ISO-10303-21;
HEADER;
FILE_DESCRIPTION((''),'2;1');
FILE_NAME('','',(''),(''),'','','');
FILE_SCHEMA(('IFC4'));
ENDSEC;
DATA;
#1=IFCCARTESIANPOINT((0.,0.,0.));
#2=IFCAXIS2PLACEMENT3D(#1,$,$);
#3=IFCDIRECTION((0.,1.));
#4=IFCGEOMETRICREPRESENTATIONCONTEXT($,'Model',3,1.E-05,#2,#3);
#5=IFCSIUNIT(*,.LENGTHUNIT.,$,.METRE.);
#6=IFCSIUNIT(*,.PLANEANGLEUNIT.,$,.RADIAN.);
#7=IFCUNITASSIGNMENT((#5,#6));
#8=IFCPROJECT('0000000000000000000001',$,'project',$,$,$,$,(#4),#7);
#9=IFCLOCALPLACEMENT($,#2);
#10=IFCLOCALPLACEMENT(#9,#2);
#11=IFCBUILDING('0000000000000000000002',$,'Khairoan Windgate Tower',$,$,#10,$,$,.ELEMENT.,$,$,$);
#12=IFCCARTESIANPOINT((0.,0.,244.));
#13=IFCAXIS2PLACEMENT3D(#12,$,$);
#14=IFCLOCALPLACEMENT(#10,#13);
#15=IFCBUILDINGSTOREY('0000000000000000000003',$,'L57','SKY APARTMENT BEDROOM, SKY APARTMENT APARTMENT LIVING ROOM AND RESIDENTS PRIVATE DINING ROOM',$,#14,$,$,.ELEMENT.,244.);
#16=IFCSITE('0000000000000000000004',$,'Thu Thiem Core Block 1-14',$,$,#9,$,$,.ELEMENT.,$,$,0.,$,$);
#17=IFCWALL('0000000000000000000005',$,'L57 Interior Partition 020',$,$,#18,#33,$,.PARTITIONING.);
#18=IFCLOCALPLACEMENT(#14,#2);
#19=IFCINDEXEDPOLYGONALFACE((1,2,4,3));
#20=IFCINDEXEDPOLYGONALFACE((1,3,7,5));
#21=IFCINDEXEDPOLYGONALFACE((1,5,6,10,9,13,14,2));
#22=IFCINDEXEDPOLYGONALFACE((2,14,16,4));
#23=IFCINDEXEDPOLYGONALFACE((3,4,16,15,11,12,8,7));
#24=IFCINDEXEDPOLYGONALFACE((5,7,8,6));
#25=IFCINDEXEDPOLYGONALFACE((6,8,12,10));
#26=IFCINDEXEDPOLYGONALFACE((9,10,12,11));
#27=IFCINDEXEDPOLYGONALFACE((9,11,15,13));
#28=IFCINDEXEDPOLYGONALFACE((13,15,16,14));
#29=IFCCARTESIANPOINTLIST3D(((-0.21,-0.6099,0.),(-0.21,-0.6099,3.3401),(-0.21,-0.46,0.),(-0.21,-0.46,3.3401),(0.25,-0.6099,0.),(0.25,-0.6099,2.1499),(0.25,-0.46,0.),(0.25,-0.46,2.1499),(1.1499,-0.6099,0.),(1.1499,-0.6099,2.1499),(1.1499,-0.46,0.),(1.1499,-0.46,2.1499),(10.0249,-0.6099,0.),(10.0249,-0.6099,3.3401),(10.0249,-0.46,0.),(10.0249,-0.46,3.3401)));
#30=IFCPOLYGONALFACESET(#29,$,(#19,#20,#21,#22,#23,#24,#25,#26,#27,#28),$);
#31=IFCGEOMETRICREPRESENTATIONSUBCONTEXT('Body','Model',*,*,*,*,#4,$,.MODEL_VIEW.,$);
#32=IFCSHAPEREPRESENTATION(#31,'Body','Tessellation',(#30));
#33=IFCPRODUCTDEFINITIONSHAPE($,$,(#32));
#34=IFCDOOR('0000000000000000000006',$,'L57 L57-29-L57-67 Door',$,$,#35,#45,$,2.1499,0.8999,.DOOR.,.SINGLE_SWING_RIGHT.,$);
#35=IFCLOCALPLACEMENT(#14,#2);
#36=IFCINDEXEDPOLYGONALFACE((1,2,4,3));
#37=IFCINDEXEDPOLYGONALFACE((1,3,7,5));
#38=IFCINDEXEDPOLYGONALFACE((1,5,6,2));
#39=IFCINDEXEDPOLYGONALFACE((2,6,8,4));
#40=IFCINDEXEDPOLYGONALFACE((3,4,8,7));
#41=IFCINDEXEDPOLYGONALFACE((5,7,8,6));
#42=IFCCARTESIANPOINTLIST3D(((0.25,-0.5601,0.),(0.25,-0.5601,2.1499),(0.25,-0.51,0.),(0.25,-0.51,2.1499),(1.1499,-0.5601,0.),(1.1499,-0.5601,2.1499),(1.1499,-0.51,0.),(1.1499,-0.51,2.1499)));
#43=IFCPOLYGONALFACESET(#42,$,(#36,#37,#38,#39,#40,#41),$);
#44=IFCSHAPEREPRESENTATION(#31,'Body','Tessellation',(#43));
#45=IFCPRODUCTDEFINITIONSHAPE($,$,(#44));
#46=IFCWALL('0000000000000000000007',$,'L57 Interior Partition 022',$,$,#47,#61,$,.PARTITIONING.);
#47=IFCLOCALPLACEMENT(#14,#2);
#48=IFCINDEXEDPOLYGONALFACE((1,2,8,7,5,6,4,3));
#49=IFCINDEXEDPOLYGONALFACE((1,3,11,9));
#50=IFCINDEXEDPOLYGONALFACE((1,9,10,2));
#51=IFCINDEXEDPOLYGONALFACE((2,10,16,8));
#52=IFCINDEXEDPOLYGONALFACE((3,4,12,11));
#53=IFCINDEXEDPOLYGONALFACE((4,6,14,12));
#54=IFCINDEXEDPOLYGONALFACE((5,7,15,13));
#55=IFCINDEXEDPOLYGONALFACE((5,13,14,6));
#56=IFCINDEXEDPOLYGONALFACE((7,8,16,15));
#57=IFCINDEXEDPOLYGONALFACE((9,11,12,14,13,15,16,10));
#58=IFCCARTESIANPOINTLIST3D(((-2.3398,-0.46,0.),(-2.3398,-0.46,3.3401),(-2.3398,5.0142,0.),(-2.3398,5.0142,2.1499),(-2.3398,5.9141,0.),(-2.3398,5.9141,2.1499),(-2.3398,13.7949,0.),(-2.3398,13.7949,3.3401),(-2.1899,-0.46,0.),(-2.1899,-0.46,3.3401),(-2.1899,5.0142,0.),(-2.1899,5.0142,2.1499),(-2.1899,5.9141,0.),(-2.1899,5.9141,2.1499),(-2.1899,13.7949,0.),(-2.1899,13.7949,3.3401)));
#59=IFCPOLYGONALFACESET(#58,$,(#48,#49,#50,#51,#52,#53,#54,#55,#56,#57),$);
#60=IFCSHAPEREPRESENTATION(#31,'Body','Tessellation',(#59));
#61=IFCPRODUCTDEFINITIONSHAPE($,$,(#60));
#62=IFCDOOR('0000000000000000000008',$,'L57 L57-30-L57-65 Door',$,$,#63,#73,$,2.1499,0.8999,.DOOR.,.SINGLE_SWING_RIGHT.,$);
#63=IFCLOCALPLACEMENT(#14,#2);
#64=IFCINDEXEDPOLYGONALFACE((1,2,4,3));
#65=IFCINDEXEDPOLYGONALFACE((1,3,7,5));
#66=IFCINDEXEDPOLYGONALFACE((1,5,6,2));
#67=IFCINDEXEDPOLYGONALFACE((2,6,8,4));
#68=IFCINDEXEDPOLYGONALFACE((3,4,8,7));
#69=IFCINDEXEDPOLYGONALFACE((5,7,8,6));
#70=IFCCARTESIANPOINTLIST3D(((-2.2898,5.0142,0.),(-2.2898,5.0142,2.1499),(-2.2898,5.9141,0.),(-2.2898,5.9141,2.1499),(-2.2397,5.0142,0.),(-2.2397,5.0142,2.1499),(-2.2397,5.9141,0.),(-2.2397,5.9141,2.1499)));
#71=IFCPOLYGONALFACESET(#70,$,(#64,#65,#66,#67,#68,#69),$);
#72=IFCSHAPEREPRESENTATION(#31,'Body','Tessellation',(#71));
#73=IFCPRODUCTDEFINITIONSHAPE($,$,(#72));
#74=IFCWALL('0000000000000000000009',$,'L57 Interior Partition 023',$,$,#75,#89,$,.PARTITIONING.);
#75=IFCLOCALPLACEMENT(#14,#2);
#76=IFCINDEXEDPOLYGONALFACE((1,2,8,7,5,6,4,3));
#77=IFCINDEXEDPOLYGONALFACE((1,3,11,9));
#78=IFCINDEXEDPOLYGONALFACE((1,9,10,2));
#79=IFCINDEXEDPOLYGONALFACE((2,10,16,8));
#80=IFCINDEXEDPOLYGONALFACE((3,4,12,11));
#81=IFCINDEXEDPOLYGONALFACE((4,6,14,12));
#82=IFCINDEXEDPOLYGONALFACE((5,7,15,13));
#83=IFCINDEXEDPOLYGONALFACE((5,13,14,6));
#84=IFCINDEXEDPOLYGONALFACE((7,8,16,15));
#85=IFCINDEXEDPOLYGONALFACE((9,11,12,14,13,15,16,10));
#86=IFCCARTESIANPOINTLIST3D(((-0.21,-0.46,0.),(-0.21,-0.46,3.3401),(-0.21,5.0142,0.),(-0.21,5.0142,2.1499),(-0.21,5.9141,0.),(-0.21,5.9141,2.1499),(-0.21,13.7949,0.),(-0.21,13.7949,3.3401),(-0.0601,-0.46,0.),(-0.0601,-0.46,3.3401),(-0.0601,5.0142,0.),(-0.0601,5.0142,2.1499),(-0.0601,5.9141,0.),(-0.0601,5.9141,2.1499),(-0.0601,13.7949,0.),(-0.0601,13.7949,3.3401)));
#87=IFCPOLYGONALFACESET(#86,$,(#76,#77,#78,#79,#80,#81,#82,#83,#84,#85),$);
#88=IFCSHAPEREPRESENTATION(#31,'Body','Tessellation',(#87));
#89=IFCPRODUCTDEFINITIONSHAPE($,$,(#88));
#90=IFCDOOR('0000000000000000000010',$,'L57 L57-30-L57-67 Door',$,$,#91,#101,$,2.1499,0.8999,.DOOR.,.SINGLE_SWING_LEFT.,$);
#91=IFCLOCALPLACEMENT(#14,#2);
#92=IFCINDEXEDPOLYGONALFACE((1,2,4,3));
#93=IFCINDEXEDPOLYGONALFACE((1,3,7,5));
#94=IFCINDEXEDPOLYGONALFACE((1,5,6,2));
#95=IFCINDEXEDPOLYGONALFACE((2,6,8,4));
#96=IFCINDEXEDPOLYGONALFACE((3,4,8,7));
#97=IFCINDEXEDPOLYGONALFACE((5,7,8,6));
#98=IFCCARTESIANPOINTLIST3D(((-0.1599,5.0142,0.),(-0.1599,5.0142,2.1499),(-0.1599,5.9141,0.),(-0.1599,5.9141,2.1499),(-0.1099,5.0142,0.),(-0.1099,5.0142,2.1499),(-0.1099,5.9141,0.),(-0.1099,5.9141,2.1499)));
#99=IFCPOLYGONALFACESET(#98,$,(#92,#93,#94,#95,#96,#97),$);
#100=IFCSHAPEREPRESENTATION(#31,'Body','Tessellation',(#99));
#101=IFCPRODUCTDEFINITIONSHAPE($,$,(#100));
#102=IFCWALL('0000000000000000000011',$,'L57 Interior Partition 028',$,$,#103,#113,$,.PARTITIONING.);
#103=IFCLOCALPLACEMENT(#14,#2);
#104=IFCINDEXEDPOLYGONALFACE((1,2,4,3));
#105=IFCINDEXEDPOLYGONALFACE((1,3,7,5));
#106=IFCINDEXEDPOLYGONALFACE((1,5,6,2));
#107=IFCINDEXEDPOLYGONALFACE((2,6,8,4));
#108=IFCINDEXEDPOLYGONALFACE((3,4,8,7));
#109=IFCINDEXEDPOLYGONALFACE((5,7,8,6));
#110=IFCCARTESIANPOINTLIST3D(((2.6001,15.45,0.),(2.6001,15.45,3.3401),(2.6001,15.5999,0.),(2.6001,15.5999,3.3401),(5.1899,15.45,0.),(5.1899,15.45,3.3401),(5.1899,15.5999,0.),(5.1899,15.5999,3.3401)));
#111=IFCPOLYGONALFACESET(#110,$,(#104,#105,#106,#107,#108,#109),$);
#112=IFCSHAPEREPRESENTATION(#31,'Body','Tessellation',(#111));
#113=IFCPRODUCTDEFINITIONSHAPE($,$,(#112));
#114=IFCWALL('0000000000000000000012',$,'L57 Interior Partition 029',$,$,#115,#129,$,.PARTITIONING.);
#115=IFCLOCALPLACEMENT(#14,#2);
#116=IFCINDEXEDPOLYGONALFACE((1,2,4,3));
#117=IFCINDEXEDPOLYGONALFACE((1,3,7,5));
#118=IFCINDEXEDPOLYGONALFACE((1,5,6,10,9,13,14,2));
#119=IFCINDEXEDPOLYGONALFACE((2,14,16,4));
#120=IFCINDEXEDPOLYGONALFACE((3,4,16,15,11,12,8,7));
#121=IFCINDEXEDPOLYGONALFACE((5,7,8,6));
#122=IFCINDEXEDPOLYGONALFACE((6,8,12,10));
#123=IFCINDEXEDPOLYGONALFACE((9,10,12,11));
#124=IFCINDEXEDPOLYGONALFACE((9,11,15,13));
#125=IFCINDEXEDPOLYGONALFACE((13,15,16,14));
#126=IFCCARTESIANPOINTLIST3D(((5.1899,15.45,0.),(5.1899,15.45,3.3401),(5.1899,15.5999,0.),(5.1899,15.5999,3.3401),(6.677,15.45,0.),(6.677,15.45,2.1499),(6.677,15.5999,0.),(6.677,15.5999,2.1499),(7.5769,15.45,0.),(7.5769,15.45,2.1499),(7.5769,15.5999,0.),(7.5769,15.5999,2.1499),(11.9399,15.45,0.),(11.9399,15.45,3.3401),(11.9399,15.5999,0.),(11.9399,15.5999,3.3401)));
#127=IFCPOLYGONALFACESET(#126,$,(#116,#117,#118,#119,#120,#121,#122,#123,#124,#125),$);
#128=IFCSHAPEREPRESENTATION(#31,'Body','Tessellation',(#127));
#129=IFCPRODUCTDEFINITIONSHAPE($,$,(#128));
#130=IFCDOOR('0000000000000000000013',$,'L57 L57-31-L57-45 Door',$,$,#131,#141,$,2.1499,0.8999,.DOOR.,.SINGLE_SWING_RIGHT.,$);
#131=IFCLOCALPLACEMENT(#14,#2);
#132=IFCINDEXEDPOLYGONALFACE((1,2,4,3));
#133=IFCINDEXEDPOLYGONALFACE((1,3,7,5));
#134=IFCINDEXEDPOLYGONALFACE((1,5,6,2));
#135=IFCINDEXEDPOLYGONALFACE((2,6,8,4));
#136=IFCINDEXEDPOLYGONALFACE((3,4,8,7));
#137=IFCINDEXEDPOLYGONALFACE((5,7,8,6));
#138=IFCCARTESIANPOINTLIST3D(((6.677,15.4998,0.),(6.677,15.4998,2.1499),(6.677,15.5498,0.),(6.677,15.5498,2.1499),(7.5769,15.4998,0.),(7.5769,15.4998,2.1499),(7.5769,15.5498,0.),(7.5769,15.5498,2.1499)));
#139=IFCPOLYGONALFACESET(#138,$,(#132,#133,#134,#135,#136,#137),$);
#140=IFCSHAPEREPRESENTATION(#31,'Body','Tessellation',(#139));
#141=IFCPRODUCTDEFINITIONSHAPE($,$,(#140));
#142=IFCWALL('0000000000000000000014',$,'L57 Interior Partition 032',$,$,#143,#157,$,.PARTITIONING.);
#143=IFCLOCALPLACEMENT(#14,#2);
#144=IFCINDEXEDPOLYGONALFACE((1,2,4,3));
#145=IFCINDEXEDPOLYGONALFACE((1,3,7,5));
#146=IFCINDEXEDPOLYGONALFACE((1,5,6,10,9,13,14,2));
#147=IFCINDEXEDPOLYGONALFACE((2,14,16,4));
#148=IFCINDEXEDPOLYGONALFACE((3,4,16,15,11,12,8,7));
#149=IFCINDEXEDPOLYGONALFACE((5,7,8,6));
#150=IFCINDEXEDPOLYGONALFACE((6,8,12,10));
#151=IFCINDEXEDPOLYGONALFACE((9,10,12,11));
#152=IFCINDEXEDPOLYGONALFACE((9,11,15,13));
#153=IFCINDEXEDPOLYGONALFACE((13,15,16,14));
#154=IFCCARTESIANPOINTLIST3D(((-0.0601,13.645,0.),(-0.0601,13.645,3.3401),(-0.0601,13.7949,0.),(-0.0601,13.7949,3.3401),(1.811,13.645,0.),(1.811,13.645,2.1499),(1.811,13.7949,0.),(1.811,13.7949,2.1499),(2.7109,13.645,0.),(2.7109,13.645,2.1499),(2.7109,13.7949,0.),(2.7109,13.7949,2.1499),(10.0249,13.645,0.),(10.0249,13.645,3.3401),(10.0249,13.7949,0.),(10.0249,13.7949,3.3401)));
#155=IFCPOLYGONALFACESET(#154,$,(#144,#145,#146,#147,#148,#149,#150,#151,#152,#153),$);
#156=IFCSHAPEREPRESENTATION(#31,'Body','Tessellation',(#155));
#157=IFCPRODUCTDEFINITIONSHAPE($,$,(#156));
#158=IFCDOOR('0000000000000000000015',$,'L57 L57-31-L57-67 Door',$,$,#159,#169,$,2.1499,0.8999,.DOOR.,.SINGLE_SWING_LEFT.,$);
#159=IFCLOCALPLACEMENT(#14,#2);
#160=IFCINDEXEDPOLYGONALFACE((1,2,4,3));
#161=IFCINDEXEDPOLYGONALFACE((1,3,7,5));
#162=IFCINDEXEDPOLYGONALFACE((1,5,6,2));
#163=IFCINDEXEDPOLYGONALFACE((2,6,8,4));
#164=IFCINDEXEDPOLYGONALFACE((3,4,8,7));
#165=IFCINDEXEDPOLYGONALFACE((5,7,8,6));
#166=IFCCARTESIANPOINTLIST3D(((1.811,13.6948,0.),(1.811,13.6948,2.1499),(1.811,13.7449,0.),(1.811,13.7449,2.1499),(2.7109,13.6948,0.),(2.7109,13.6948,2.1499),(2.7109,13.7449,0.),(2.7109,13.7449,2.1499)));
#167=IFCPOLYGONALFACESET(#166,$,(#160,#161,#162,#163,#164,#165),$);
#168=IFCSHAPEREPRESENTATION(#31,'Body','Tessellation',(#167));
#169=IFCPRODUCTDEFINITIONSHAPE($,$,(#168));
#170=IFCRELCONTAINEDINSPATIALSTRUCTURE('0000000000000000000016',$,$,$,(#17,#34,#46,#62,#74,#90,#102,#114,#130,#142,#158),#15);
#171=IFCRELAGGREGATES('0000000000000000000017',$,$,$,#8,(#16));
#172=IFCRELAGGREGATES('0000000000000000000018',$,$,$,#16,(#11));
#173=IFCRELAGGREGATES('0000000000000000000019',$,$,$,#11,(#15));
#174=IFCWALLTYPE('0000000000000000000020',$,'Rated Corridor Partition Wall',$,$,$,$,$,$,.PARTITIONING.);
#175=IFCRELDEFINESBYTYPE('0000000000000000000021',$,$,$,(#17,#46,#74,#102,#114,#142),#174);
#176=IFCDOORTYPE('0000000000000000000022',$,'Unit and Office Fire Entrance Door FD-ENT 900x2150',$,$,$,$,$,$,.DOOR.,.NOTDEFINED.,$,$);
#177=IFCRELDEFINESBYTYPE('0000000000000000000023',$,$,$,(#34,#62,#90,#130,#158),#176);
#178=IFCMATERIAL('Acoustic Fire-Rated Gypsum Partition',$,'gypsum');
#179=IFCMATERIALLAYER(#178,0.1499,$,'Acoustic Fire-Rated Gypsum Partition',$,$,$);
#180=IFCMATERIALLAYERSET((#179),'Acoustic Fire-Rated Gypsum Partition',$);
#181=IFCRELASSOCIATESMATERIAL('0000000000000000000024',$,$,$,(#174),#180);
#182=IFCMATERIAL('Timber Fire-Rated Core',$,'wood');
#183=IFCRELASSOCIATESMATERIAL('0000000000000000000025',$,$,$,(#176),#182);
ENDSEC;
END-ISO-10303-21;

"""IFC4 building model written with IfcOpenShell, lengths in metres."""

from ifc_helpers import new_model, si_unit, direction, frame, frame_2d, origin, place, context, subcontext, project, spatial, rectangle, extrude, material, layer, layer_set, type_object, element, fill, save


model = new_model("IFC4")

# Units and contexts
model_context = context("Model", 3, precision=1e-05, world=origin(), true_north=direction((0.0, 1.0)))
body_context = subcontext(model_context, "Body", "Model", "MODEL_VIEW")
ifc_project = project(units=[si_unit("LENGTHUNIT", "METRE"), si_unit("PLANEANGLEUNIT", "RADIAN")], contexts=[model_context])

# Site, building, storey
site_placement = place(None, origin())
site = spatial("IfcSite", under=ifc_project, at=site_placement, Name="Thu Thiem Core Block 1-14", CompositionType="ELEMENT", RefElevation=0.0)
building_placement = place(site_placement, origin())
building = spatial("IfcBuilding", under=site, at=building_placement, Name="Khairoan Windgate Tower", CompositionType="ELEMENT")
storey_placement = place(building_placement, frame((0.0, 0.0, 244.0)))
storey = spatial("IfcBuildingStorey", under=building, at=storey_placement, Name="L57", Description="SKY APARTMENT BEDROOM, SKY APARTMENT APARTMENT LIVING ROOM AND RESIDENTS PRIVATE DINING ROOM", CompositionType="ELEMENT", Elevation=244.0)

# Walls, openings, doors
ifc_material_1 = material(Name="Acoustic Fire-Rated Gypsum Partition", Category="gypsum")
ifc_layer_1 = layer(ifc_material_1, 0.1499, Name="Acoustic Fire-Rated Gypsum Partition")
ifc_layer_set_1 = layer_set([ifc_layer_1], Name="Acoustic Fire-Rated Gypsum Partition")
wall_type_1 = type_object("IfcWallType", Name="Rated Corridor Partition Wall", PredefinedType="PARTITIONING", material=ifc_layer_set_1)
wall_1_placement = place(storey_placement, frame((-0.21, -0.5349, 0.0), z_axis=(0.0, 0.0, 1.0), x_axis=(1.0, 0.0, 0.0)))
wall_1 = element("IfcWall", 1, at=wall_1_placement, inside=storey, type_object=wall_type_1, Name="L57 Interior Partition 020", PredefinedType="PARTITIONING", context=body_context, shape_type="SweptSolid", body=[
    extrude(rectangle(XDim=10.2349, YDim=0.1499, at=frame_2d((5.1174, 0.0))), origin(), (0.0, 0.0, 1.0), 3.3401),
])
opening_1_placement = place(wall_1_placement, frame((0.46, 0.0, 0.0)))
opening_1 = element("IfcOpeningElement", 2, at=opening_1_placement, cuts=wall_1, PredefinedType="OPENING", context=body_context, shape_type="SweptSolid", body=[
    extrude(rectangle(XDim=0.8999, YDim=2.1499, at=frame_2d((0.45, 1.075))), frame((0.0, 0.085, 0.0), z_axis=(0.0, -1.0, 0.0), x_axis=(1.0, 0.0, 0.0)), (0.0, 0.0, 1.0), 0.1699),
])
ifc_material_2 = material(Name="Timber Fire-Rated Core", Category="wood")
door_type_1 = type_object("IfcDoorType", Name="Unit and Office Fire Entrance Door FD-ENT 900x2150", OperationType="NOTDEFINED", PredefinedType="DOOR", material=ifc_material_2)
door_1_placement = place(opening_1_placement, origin())
door_1 = element("IfcDoor", 3, at=door_1_placement, inside=storey, type_object=door_type_1, Name="L57 L57-29-L57-67 Door", OperationType="SINGLE_SWING_RIGHT", OverallHeight=2.1499, OverallWidth=0.8999, PredefinedType="DOOR", context=body_context, shape_type="SweptSolid", body=[
    extrude(rectangle(XDim=0.8999, YDim=2.1499, at=frame_2d((0.45, 1.075))), frame((0.0, 0.0249, 0.0), z_axis=(0.0, -1.0, 0.0), x_axis=(1.0, 0.0, 0.0)), (0.0, 0.0, 1.0), 0.05),
])
fill(opening_1, door_1)
wall_2_placement = place(storey_placement, frame((-2.2649, -0.46, 0.0), z_axis=(0.0, 0.0, 1.0), x_axis=(0.0, 1.0, 0.0)))
wall_2 = element("IfcWall", 4, at=wall_2_placement, inside=storey, type_object=wall_type_1, Name="L57 Interior Partition 022", PredefinedType="PARTITIONING", context=body_context, shape_type="SweptSolid", body=[
    extrude(rectangle(XDim=14.2549, YDim=0.1499, at=frame_2d((7.1274, 0.0))), origin(), (0.0, 0.0, 1.0), 3.3401),
])
opening_2_placement = place(wall_2_placement, frame((5.4741, 0.0, 0.0)))
opening_2 = element("IfcOpeningElement", 5, at=opening_2_placement, cuts=wall_2, PredefinedType="OPENING", context=body_context, shape_type="SweptSolid", body=[
    extrude(rectangle(XDim=0.8999, YDim=2.1499, at=frame_2d((0.45, 1.075))), frame((0.0, 0.085, 0.0), z_axis=(0.0, -1.0, 0.0), x_axis=(1.0, 0.0, 0.0)), (0.0, 0.0, 1.0), 0.1699),
])
door_2_placement = place(opening_2_placement, origin())
door_2 = element("IfcDoor", 6, at=door_2_placement, inside=storey, type_object=door_type_1, Name="L57 L57-30-L57-65 Door", OperationType="SINGLE_SWING_RIGHT", OverallHeight=2.1499, OverallWidth=0.8999, PredefinedType="DOOR", context=body_context, shape_type="SweptSolid", body=[
    extrude(rectangle(XDim=0.8999, YDim=2.1499, at=frame_2d((0.45, 1.075))), frame((0.0, 0.0249, 0.0), z_axis=(0.0, -1.0, 0.0), x_axis=(1.0, 0.0, 0.0)), (0.0, 0.0, 1.0), 0.05),
])
fill(opening_2, door_2)
wall_3_placement = place(storey_placement, frame((-0.135, -0.46, 0.0), z_axis=(0.0, 0.0, 1.0), x_axis=(0.0, 1.0, 0.0)))
wall_3 = element("IfcWall", 7, at=wall_3_placement, inside=storey, type_object=wall_type_1, Name="L57 Interior Partition 023", PredefinedType="PARTITIONING", context=body_context, shape_type="SweptSolid", body=[
    extrude(rectangle(XDim=14.2549, YDim=0.1499, at=frame_2d((7.1274, 0.0))), origin(), (0.0, 0.0, 1.0), 3.3401),
])
opening_3_placement = place(wall_3_placement, frame((5.4741, 0.0, 0.0)))
opening_3 = element("IfcOpeningElement", 8, at=opening_3_placement, cuts=wall_3, PredefinedType="OPENING", context=body_context, shape_type="SweptSolid", body=[
    extrude(rectangle(XDim=0.8999, YDim=2.1499, at=frame_2d((0.45, 1.075))), frame((0.0, 0.085, 0.0), z_axis=(0.0, -1.0, 0.0), x_axis=(1.0, 0.0, 0.0)), (0.0, 0.0, 1.0), 0.1699),
])
door_3_placement = place(opening_3_placement, origin())
door_3 = element("IfcDoor", 9, at=door_3_placement, inside=storey, type_object=door_type_1, Name="L57 L57-30-L57-67 Door", OperationType="SINGLE_SWING_LEFT", OverallHeight=2.1499, OverallWidth=0.8999, PredefinedType="DOOR", context=body_context, shape_type="SweptSolid", body=[
    extrude(rectangle(XDim=0.8999, YDim=2.1499, at=frame_2d((0.45, 1.075))), frame((0.0, 0.0249, 0.0), z_axis=(0.0, -1.0, 0.0), x_axis=(1.0, 0.0, 0.0)), (0.0, 0.0, 1.0), 0.05),
])
fill(opening_3, door_3)

# Wall
wall_4_placement = place(storey_placement, frame((2.6001, 15.5249, 0.0), z_axis=(0.0, 0.0, 1.0), x_axis=(1.0, 0.0, 0.0)))
element("IfcWall", 10, at=wall_4_placement, inside=storey, type_object=wall_type_1, Name="L57 Interior Partition 028", PredefinedType="PARTITIONING", context=body_context, shape_type="SweptSolid", body=[
    extrude(rectangle(XDim=2.5898, YDim=0.1499, at=frame_2d((1.2949, 0.0))), origin(), (0.0, 0.0, 1.0), 3.3401),
])

# Walls, openings, doors
wall_5_placement = place(storey_placement, frame((5.1899, 15.5249, 0.0), z_axis=(0.0, 0.0, 1.0), x_axis=(1.0, 0.0, 0.0)))
wall_5 = element("IfcWall", 11, at=wall_5_placement, inside=storey, type_object=wall_type_1, Name="L57 Interior Partition 029", PredefinedType="PARTITIONING", context=body_context, shape_type="SweptSolid", body=[
    extrude(rectangle(XDim=6.75, YDim=0.1499, at=frame_2d((3.375, 0.0))), origin(), (0.0, 0.0, 1.0), 3.3401),
])
opening_4_placement = place(wall_5_placement, frame((1.4871, 0.0, 0.0)))
opening_4 = element("IfcOpeningElement", 12, at=opening_4_placement, cuts=wall_5, PredefinedType="OPENING", context=body_context, shape_type="SweptSolid", body=[
    extrude(rectangle(XDim=0.8999, YDim=2.1499, at=frame_2d((0.45, 1.075))), frame((0.0, 0.085, 0.0), z_axis=(0.0, -1.0, 0.0), x_axis=(1.0, 0.0, 0.0)), (0.0, 0.0, 1.0), 0.1699),
])
door_4_placement = place(opening_4_placement, origin())
door_4 = element("IfcDoor", 13, at=door_4_placement, inside=storey, type_object=door_type_1, Name="L57 L57-31-L57-45 Door", OperationType="SINGLE_SWING_RIGHT", OverallHeight=2.1499, OverallWidth=0.8999, PredefinedType="DOOR", context=body_context, shape_type="SweptSolid", body=[
    extrude(rectangle(XDim=0.8999, YDim=2.1499, at=frame_2d((0.45, 1.075))), frame((0.0, 0.0249, 0.0), z_axis=(0.0, -1.0, 0.0), x_axis=(1.0, 0.0, 0.0)), (0.0, 0.0, 1.0), 0.05),
])
fill(opening_4, door_4)
wall_6_placement = place(storey_placement, frame((-0.0601, 13.72, 0.0), z_axis=(0.0, 0.0, 1.0), x_axis=(1.0, 0.0, 0.0)))
wall_6 = element("IfcWall", 14, at=wall_6_placement, inside=storey, type_object=wall_type_1, Name="L57 Interior Partition 032", PredefinedType="PARTITIONING", context=body_context, shape_type="SweptSolid", body=[
    extrude(rectangle(XDim=10.085, YDim=0.1499, at=frame_2d((5.0425, 0.0))), origin(), (0.0, 0.0, 1.0), 3.3401),
])
opening_5_placement = place(wall_6_placement, frame((1.8711, 0.0, 0.0)))
opening_5 = element("IfcOpeningElement", 15, at=opening_5_placement, cuts=wall_6, PredefinedType="OPENING", context=body_context, shape_type="SweptSolid", body=[
    extrude(rectangle(XDim=0.8999, YDim=2.1499, at=frame_2d((0.45, 1.075))), frame((0.0, 0.085, 0.0), z_axis=(0.0, -1.0, 0.0), x_axis=(1.0, 0.0, 0.0)), (0.0, 0.0, 1.0), 0.1699),
])
door_5_placement = place(opening_5_placement, origin())
door_5 = element("IfcDoor", 16, at=door_5_placement, inside=storey, type_object=door_type_1, Name="L57 L57-31-L57-67 Door", OperationType="SINGLE_SWING_LEFT", OverallHeight=2.1499, OverallWidth=0.8999, PredefinedType="DOOR", context=body_context, shape_type="SweptSolid", body=[
    extrude(rectangle(XDim=0.8999, YDim=2.1499, at=frame_2d((0.45, 1.075))), frame((0.0, 0.0249, 0.0), z_axis=(0.0, -1.0, 0.0), x_axis=(1.0, 0.0, 0.0)), (0.0, 0.0, 1.0), 0.05),
])
fill(opening_5, door_5)

save(model, "model.ifc")
